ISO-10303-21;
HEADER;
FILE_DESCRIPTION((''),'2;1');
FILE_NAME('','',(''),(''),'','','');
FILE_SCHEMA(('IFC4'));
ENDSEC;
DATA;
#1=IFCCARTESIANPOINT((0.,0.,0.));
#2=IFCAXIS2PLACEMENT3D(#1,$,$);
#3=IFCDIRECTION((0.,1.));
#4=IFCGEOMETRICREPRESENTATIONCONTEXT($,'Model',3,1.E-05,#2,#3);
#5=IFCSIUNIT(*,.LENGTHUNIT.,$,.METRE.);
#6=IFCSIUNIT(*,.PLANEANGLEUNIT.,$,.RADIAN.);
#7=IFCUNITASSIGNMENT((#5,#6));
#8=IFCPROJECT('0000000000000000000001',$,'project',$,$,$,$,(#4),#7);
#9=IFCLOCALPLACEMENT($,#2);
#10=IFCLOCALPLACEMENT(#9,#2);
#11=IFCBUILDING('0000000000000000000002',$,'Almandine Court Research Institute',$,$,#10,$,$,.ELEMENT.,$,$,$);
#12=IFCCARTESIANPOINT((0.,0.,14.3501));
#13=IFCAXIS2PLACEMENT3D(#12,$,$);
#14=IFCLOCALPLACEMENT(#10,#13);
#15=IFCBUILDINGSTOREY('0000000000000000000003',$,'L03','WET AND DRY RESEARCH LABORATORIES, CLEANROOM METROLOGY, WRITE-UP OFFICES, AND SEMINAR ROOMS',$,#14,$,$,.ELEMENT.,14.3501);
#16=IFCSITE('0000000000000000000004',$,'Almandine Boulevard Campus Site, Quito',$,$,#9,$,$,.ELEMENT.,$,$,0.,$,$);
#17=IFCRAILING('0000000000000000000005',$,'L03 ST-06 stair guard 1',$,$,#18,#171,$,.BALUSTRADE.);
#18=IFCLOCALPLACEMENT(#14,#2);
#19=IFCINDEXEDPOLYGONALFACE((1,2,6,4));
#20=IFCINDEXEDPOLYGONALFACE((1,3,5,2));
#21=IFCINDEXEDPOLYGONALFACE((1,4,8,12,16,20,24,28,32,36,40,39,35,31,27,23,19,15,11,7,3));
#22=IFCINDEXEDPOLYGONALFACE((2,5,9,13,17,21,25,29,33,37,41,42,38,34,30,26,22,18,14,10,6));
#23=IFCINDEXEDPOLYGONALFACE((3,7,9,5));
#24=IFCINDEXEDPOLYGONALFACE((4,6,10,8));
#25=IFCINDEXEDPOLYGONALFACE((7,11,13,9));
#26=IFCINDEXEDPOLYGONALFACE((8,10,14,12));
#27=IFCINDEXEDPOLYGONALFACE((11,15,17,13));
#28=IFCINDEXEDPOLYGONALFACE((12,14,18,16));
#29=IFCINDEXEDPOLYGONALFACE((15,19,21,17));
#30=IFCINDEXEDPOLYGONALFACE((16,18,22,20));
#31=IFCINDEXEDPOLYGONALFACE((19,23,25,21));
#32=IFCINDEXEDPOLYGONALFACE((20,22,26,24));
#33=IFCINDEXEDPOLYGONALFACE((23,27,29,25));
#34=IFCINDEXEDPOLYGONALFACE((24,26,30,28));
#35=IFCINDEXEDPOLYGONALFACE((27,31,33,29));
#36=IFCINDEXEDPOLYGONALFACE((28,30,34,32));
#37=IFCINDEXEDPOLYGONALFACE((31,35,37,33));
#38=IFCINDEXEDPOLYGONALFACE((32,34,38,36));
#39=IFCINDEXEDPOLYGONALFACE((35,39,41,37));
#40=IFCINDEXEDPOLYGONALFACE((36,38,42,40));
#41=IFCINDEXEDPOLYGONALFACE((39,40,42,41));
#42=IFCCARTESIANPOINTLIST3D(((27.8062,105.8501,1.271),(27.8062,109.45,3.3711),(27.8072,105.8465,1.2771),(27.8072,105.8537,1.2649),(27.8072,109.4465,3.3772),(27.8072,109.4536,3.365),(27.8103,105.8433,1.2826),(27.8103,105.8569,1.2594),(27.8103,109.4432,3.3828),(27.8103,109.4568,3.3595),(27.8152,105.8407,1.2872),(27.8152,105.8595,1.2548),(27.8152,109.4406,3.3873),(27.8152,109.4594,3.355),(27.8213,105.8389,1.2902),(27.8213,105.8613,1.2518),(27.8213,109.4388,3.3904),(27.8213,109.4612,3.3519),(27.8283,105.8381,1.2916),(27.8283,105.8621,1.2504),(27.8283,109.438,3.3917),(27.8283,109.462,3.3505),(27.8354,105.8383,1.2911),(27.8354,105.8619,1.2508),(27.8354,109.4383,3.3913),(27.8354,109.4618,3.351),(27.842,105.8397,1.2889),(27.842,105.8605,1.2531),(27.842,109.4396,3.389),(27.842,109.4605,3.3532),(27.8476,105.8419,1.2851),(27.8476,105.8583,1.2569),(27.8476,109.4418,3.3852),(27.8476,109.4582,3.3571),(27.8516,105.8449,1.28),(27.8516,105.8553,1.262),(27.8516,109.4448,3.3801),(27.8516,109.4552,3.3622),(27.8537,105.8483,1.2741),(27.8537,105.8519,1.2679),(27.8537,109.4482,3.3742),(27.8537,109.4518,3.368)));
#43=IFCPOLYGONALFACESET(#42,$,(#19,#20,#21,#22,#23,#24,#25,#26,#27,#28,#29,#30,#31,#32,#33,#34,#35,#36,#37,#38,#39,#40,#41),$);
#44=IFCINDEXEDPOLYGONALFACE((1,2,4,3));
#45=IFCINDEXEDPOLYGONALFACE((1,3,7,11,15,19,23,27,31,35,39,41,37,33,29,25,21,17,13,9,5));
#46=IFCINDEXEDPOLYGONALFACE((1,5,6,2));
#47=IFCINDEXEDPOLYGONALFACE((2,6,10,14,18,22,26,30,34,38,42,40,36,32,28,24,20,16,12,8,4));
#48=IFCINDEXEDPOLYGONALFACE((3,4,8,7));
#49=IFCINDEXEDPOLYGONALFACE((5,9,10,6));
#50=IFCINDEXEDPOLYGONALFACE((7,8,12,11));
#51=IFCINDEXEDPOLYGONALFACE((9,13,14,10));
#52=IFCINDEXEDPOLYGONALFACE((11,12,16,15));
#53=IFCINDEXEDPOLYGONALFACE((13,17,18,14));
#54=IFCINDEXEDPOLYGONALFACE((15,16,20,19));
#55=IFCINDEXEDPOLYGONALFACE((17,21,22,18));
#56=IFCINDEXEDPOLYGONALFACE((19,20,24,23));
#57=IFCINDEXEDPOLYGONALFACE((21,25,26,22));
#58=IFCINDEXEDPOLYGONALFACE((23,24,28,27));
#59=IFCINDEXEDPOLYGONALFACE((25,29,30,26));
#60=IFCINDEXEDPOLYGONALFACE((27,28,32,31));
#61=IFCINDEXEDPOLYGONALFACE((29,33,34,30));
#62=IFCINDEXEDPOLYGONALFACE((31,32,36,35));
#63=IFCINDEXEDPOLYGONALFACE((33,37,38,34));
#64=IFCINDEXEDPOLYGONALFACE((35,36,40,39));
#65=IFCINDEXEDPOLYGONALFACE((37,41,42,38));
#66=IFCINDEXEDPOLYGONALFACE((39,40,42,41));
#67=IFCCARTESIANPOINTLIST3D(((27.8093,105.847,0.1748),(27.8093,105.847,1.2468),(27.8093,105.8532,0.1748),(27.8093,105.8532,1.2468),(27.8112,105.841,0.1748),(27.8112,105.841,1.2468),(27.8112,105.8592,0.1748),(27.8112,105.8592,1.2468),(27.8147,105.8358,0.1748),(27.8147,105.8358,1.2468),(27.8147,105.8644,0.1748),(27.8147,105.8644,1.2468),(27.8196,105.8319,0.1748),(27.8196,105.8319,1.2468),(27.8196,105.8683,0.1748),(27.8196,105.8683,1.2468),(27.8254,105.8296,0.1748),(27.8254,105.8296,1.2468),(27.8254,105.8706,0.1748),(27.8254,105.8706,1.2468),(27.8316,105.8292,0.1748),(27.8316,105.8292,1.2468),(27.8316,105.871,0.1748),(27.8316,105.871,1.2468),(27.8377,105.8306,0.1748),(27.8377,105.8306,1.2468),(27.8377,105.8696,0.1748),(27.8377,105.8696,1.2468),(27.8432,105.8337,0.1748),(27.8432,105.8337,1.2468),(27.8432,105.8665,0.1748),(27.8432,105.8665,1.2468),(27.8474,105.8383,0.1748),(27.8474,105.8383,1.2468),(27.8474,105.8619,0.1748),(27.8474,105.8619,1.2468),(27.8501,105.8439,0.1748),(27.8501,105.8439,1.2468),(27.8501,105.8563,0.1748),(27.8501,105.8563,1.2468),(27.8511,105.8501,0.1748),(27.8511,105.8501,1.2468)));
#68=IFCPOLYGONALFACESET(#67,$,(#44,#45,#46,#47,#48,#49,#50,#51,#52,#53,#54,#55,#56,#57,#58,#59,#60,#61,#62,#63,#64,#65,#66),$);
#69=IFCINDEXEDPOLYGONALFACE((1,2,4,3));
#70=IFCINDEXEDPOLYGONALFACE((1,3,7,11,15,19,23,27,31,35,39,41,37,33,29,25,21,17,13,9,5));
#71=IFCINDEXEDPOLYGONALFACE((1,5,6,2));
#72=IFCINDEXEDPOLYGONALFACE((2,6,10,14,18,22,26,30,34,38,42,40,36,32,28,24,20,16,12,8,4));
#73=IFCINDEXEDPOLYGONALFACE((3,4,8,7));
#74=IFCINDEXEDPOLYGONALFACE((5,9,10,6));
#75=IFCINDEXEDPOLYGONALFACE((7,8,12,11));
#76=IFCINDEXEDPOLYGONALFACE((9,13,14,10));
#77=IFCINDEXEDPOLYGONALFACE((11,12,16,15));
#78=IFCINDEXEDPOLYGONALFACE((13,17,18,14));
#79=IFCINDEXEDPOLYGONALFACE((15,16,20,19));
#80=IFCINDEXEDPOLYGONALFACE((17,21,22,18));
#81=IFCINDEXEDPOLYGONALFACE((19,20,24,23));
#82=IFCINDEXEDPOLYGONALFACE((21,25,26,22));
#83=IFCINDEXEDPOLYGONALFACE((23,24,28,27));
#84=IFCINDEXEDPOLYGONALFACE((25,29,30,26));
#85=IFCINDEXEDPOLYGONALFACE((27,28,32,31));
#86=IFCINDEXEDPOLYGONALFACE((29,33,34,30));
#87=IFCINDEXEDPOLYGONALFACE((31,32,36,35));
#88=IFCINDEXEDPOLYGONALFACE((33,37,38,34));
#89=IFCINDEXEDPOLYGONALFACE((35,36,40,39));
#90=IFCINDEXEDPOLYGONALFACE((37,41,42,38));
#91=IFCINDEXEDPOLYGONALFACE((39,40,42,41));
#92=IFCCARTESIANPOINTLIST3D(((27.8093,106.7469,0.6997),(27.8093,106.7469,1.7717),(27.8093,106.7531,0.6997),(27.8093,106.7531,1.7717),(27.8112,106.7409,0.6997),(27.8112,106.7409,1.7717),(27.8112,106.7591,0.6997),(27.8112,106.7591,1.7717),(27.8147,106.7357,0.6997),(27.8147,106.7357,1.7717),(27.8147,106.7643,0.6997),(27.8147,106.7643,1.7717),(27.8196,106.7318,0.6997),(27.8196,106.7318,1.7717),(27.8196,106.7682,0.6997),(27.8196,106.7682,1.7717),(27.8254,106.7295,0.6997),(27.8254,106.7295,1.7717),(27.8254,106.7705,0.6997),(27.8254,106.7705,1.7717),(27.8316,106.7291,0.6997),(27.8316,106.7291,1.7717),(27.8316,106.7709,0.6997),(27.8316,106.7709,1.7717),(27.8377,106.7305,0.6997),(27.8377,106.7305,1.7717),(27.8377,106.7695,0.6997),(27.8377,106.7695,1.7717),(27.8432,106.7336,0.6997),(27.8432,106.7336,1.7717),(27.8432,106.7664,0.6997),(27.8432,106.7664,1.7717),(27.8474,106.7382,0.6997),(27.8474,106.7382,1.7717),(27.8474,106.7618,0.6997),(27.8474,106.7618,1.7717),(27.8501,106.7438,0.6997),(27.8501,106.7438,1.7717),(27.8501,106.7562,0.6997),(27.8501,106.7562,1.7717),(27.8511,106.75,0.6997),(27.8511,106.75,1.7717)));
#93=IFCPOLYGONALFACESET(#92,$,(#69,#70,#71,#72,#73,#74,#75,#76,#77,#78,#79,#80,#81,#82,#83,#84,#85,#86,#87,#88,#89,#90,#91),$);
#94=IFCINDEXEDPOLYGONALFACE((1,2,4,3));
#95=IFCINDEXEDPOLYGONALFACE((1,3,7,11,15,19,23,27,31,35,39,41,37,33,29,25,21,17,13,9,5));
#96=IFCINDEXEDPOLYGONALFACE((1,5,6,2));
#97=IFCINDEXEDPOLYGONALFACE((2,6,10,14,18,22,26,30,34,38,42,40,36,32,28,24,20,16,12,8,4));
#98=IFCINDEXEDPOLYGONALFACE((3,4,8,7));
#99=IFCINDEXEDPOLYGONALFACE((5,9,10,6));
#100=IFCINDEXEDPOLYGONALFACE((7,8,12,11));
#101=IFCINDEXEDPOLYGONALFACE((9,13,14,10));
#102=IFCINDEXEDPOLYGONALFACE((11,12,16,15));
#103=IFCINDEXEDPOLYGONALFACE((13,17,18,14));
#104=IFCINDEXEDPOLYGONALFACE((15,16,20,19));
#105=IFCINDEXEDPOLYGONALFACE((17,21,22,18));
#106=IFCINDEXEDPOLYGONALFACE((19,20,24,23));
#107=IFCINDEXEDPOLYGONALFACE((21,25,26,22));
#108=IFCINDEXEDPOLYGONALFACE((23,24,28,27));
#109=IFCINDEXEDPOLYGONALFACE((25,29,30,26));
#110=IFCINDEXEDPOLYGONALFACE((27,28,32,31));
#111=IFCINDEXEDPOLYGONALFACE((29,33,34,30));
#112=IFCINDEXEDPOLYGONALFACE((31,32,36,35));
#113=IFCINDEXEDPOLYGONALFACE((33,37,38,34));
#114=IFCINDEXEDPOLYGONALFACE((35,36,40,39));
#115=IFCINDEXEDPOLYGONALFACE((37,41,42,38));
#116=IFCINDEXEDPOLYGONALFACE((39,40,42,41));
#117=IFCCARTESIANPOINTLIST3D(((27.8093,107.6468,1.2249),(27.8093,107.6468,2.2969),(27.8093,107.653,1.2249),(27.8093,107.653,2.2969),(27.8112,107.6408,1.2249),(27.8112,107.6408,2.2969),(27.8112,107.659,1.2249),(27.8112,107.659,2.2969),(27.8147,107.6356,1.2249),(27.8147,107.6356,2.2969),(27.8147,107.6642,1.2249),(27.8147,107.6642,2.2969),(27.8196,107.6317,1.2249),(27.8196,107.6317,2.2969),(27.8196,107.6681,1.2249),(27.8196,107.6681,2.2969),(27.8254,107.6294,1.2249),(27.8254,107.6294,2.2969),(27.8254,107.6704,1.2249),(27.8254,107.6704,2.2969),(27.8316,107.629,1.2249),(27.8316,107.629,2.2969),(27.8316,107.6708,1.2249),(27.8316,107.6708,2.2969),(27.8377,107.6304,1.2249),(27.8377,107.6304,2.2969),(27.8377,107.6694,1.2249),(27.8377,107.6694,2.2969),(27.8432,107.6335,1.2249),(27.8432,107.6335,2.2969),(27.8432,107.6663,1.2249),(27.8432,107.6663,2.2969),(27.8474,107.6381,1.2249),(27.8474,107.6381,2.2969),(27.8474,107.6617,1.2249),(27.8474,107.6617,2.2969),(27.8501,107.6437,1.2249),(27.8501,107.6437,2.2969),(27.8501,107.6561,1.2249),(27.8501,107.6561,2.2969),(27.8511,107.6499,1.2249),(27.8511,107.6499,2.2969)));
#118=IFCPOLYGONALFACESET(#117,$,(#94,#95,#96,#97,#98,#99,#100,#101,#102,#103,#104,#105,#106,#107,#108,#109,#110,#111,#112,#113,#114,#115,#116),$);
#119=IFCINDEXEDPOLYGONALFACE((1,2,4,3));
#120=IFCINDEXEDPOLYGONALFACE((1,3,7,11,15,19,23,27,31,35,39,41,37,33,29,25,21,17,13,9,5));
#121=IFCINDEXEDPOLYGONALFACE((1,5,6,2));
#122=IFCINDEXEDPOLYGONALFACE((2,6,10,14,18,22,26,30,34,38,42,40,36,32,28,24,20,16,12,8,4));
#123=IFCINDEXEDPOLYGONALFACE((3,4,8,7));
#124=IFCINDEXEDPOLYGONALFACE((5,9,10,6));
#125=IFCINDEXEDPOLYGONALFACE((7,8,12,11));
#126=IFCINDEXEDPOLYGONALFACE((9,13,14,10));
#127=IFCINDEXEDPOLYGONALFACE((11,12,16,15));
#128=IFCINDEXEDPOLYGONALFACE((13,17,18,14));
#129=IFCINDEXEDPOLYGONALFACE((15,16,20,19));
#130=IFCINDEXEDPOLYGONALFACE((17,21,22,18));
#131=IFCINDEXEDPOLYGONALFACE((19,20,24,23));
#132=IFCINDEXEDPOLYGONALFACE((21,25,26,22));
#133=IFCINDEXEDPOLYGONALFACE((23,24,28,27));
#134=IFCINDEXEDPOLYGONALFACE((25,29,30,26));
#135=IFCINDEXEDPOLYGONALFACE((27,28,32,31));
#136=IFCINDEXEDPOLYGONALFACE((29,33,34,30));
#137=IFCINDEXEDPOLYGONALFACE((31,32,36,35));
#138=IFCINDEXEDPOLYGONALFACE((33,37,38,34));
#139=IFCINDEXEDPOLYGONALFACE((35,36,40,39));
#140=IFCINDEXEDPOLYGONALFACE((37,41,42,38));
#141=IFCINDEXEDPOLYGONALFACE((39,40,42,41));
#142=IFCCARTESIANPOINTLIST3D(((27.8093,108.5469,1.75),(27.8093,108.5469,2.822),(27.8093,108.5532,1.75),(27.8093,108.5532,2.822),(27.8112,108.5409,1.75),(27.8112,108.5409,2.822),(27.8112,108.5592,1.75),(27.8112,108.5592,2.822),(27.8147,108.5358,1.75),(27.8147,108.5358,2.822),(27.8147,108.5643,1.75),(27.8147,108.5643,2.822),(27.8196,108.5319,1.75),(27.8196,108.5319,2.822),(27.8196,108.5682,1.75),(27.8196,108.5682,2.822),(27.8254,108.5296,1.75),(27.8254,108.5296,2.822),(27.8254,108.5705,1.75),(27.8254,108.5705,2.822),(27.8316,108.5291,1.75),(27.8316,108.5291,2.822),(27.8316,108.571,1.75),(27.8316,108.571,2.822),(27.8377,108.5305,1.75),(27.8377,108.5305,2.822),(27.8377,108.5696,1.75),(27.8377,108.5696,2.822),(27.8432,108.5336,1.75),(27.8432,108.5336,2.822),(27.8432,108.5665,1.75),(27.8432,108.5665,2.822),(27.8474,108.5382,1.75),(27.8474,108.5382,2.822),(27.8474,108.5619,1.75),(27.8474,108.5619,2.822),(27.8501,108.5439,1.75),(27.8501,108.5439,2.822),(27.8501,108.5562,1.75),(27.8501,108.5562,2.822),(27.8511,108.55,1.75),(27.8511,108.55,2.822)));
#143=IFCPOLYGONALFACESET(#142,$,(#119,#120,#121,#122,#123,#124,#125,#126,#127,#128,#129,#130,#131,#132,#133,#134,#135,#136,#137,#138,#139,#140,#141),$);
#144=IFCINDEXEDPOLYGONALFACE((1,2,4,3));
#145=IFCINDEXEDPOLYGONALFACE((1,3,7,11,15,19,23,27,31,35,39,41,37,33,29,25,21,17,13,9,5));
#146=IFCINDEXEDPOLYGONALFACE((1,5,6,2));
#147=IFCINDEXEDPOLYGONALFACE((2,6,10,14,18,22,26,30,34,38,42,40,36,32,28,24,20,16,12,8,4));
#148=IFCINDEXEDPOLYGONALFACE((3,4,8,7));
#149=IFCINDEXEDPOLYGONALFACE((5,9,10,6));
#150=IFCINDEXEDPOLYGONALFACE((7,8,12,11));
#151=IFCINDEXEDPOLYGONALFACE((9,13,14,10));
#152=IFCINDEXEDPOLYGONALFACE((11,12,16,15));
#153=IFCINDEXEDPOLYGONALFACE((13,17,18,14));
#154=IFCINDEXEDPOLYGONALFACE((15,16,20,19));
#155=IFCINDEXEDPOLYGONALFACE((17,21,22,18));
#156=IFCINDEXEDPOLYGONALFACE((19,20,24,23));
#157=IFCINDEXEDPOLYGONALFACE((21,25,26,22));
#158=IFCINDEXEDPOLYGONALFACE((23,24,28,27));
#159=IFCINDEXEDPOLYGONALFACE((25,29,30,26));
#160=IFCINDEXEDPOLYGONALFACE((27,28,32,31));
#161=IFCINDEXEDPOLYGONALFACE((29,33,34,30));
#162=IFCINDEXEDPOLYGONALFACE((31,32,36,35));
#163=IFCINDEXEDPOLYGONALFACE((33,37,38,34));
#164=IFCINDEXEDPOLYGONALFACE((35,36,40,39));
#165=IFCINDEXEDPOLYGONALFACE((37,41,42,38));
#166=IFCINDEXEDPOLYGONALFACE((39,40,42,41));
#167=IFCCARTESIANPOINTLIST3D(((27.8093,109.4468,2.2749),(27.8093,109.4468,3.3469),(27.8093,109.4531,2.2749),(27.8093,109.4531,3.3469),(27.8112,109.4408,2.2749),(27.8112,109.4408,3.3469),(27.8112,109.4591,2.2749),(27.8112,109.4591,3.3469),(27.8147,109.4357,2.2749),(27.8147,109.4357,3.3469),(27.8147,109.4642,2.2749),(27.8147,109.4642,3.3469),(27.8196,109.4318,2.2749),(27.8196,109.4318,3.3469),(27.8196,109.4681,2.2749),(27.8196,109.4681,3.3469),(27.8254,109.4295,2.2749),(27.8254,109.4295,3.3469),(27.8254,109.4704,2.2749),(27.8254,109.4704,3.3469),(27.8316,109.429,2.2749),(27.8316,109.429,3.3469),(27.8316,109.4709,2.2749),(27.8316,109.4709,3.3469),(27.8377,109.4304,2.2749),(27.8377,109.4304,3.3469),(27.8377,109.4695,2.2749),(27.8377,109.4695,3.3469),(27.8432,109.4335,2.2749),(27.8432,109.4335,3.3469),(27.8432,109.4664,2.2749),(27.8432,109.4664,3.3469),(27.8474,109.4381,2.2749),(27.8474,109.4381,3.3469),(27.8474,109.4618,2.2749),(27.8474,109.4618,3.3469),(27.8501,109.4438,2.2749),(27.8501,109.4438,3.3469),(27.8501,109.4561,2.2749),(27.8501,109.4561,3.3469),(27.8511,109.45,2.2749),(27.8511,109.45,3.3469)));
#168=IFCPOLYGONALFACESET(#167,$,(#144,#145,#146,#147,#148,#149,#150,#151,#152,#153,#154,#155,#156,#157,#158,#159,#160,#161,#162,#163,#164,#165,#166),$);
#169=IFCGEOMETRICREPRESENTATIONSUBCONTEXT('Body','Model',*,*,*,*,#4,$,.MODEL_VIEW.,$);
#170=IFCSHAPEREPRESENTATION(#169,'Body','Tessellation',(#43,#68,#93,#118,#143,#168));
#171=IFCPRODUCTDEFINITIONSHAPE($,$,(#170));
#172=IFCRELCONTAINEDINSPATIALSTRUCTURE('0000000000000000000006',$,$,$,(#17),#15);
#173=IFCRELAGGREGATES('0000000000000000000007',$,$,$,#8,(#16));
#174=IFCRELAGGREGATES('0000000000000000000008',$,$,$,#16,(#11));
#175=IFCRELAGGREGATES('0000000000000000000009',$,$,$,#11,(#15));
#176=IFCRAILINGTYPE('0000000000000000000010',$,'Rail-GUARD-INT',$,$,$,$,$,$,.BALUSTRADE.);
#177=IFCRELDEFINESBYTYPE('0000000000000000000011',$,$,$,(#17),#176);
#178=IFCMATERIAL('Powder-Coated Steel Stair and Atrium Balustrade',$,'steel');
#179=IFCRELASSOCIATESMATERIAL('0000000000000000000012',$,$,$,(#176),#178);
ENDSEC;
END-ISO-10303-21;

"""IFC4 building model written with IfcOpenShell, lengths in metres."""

from ifc_helpers import new_model, si_unit, direction, frame, origin, origin_2d, place, context, subcontext, project, spatial, circle, extrude, material, type_object, element, save


model = new_model("IFC4")

# Units and contexts
model_context = context("Model", 3, precision=1e-05, world=origin(), true_north=direction((0.0, 1.0)))
body_context = subcontext(model_context, "Body", "Model", "MODEL_VIEW")
ifc_project = project(units=[si_unit("LENGTHUNIT", "METRE"), si_unit("PLANEANGLEUNIT", "RADIAN")], contexts=[model_context])

# Site, building, storey
site_placement = place(None, origin())
site = spatial("IfcSite", under=ifc_project, at=site_placement, Name="Almandine Boulevard Campus Site, Quito", CompositionType="ELEMENT", RefElevation=0.0)
building_placement = place(site_placement, origin())
building = spatial("IfcBuilding", under=site, at=building_placement, Name="Almandine Court Research Institute", CompositionType="ELEMENT")
storey_placement = place(building_placement, frame((0.0, 0.0, 14.3501)))
storey = spatial("IfcBuildingStorey", under=building, at=storey_placement, Name="L03", Description="WET AND DRY RESEARCH LABORATORIES, CLEANROOM METROLOGY, WRITE-UP OFFICES, AND SEMINAR ROOMS", CompositionType="ELEMENT", Elevation=14.3501)

# Railing
ifc_material_1 = material(Name="Powder-Coated Steel Stair and Atrium Balustrade", Category="steel")
railing_type_1 = type_object("IfcRailingType", Name="Rail-GUARD-INT", PredefinedType="BALUSTRADE", material=ifc_material_1)
railing_1_placement = place(storey_placement, frame((27.8301, 105.8501, 0.1748)))
element("IfcRailing", 1, at=railing_1_placement, inside=storey, type_object=railing_type_1, Name="L03 ST-06 stair guard 1", PredefinedType="BALUSTRADE", context=body_context, shape_type="SweptSolid", body=[
    extrude(circle(Radius=0.0239, at=origin_2d()), frame((0.0, 0.0, 1.0962), z_axis=(0.0, 0.86376, 0.503904), x_axis=(-1.0, 0.0, 0.0)), (0.0, 0.0, 1.0), 4.1677),
    extrude(circle(Radius=0.021, at=origin_2d()), origin(), (0.0, 0.0, 1.0), 1.072),
    extrude(circle(Radius=0.021, at=origin_2d()), frame((0.0, 0.8999, 0.5249)), (0.0, 0.0, 1.0), 1.072),
    extrude(circle(Radius=0.021, at=origin_2d()), frame((0.0, 1.7998, 1.05)), (0.0, 0.0, 1.0), 1.072),
    extrude(circle(Radius=0.021, at=origin_2d()), frame((0.0, 2.7, 1.5752)), (0.0, 0.0, 1.0), 1.072),
    extrude(circle(Radius=0.021, at=origin_2d()), frame((0.0, 3.5999, 2.1001)), (0.0, 0.0, 1.0), 1.072),
])

save(model, "model.ifc")
